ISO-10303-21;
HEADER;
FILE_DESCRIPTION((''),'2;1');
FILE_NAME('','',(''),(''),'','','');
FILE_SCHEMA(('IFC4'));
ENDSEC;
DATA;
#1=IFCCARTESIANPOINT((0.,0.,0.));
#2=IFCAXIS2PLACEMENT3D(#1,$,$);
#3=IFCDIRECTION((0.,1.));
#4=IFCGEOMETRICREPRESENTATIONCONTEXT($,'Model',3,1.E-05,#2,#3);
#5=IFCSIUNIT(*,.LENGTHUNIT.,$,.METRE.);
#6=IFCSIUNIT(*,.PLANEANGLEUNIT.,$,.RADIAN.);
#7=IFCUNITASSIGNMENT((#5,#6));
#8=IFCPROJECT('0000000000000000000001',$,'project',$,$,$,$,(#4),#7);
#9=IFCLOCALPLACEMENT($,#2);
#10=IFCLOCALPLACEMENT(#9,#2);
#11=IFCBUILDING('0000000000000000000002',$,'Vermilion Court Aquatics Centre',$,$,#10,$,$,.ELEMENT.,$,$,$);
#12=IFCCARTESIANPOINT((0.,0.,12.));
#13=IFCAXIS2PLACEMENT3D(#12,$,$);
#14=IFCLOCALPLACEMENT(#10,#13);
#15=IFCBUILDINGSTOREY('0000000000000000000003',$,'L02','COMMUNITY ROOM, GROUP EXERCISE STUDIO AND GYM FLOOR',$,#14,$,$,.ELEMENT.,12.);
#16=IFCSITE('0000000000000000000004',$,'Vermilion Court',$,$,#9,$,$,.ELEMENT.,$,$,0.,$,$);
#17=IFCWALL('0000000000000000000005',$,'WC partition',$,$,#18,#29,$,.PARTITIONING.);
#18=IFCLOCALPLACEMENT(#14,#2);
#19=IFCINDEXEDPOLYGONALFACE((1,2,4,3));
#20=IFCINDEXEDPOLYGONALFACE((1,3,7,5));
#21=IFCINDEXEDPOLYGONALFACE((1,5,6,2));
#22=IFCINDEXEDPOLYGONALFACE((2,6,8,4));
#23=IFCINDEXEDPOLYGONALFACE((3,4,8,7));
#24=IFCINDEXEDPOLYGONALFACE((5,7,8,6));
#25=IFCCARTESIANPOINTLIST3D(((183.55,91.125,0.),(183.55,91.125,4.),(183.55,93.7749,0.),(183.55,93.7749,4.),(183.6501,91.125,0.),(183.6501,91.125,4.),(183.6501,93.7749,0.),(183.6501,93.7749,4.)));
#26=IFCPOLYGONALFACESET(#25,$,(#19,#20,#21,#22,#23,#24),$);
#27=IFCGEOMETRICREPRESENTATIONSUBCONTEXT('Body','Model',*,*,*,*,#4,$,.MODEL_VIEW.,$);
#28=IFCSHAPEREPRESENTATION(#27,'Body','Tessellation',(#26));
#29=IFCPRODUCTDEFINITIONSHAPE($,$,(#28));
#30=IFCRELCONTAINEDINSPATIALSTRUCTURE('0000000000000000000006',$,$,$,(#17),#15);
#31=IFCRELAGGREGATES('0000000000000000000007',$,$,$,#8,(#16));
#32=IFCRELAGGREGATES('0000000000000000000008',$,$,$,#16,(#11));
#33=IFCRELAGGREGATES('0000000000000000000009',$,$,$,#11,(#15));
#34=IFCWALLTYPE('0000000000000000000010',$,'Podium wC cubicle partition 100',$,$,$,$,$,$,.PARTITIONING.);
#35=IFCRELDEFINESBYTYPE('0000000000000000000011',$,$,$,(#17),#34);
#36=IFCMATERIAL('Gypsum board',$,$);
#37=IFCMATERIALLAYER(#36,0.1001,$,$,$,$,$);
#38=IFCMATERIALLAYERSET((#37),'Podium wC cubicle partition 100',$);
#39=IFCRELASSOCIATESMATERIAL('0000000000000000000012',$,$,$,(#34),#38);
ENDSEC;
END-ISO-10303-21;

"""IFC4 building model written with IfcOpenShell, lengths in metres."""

from ifc_helpers import new_model, si_unit, direction, frame, frame_2d, origin, place, context, subcontext, project, spatial, rectangle, extrude, material, layer, layer_set, type_object, element, save


model = new_model("IFC4")

# Units and contexts
model_context = context("Model", 3, precision=1e-05, world=origin(), true_north=direction((0.0, 1.0)))
body_context = subcontext(model_context, "Body", "Model", "MODEL_VIEW")
ifc_project = project(units=[si_unit("LENGTHUNIT", "METRE"), si_unit("PLANEANGLEUNIT", "RADIAN")], contexts=[model_context])

# Site, building, storey
site_placement = place(None, origin())
site = spatial("IfcSite", under=ifc_project, at=site_placement, Name="Vermilion Court", CompositionType="ELEMENT", RefElevation=0.0)
building_placement = place(site_placement, origin())
building = spatial("IfcBuilding", under=site, at=building_placement, Name="Vermilion Court Aquatics Centre", CompositionType="ELEMENT")
storey_placement = place(building_placement, frame((0.0, 0.0, 12.0)))
storey = spatial("IfcBuildingStorey", under=building, at=storey_placement, Name="L02", Description="COMMUNITY ROOM, GROUP EXERCISE STUDIO AND GYM FLOOR", CompositionType="ELEMENT", Elevation=12.0)

# Wall
ifc_material_1 = material(Name="Gypsum board")
ifc_layer_1 = layer(ifc_material_1, 0.1001)
ifc_layer_set_1 = layer_set([ifc_layer_1], Name="Podium wC cubicle partition 100")
wall_type_1 = type_object("IfcWallType", Name="Podium wC cubicle partition 100", PredefinedType="PARTITIONING", material=ifc_layer_set_1)
wall_1_placement = place(storey_placement, frame((183.6001, 91.125, 0.0), z_axis=(0.0, 0.0, 1.0), x_axis=(0.0, 1.0, 0.0)))
element("IfcWall", 1, at=wall_1_placement, inside=storey, type_object=wall_type_1, Name="WC partition", PredefinedType="PARTITIONING", context=body_context, shape_type="SweptSolid", body=[
    extrude(rectangle(XDim=2.6499, YDim=0.1001, at=frame_2d((1.325, 0.0))), origin(), (0.0, 0.0, 1.0), 4.0),
])

save(model, "model.ifc")
